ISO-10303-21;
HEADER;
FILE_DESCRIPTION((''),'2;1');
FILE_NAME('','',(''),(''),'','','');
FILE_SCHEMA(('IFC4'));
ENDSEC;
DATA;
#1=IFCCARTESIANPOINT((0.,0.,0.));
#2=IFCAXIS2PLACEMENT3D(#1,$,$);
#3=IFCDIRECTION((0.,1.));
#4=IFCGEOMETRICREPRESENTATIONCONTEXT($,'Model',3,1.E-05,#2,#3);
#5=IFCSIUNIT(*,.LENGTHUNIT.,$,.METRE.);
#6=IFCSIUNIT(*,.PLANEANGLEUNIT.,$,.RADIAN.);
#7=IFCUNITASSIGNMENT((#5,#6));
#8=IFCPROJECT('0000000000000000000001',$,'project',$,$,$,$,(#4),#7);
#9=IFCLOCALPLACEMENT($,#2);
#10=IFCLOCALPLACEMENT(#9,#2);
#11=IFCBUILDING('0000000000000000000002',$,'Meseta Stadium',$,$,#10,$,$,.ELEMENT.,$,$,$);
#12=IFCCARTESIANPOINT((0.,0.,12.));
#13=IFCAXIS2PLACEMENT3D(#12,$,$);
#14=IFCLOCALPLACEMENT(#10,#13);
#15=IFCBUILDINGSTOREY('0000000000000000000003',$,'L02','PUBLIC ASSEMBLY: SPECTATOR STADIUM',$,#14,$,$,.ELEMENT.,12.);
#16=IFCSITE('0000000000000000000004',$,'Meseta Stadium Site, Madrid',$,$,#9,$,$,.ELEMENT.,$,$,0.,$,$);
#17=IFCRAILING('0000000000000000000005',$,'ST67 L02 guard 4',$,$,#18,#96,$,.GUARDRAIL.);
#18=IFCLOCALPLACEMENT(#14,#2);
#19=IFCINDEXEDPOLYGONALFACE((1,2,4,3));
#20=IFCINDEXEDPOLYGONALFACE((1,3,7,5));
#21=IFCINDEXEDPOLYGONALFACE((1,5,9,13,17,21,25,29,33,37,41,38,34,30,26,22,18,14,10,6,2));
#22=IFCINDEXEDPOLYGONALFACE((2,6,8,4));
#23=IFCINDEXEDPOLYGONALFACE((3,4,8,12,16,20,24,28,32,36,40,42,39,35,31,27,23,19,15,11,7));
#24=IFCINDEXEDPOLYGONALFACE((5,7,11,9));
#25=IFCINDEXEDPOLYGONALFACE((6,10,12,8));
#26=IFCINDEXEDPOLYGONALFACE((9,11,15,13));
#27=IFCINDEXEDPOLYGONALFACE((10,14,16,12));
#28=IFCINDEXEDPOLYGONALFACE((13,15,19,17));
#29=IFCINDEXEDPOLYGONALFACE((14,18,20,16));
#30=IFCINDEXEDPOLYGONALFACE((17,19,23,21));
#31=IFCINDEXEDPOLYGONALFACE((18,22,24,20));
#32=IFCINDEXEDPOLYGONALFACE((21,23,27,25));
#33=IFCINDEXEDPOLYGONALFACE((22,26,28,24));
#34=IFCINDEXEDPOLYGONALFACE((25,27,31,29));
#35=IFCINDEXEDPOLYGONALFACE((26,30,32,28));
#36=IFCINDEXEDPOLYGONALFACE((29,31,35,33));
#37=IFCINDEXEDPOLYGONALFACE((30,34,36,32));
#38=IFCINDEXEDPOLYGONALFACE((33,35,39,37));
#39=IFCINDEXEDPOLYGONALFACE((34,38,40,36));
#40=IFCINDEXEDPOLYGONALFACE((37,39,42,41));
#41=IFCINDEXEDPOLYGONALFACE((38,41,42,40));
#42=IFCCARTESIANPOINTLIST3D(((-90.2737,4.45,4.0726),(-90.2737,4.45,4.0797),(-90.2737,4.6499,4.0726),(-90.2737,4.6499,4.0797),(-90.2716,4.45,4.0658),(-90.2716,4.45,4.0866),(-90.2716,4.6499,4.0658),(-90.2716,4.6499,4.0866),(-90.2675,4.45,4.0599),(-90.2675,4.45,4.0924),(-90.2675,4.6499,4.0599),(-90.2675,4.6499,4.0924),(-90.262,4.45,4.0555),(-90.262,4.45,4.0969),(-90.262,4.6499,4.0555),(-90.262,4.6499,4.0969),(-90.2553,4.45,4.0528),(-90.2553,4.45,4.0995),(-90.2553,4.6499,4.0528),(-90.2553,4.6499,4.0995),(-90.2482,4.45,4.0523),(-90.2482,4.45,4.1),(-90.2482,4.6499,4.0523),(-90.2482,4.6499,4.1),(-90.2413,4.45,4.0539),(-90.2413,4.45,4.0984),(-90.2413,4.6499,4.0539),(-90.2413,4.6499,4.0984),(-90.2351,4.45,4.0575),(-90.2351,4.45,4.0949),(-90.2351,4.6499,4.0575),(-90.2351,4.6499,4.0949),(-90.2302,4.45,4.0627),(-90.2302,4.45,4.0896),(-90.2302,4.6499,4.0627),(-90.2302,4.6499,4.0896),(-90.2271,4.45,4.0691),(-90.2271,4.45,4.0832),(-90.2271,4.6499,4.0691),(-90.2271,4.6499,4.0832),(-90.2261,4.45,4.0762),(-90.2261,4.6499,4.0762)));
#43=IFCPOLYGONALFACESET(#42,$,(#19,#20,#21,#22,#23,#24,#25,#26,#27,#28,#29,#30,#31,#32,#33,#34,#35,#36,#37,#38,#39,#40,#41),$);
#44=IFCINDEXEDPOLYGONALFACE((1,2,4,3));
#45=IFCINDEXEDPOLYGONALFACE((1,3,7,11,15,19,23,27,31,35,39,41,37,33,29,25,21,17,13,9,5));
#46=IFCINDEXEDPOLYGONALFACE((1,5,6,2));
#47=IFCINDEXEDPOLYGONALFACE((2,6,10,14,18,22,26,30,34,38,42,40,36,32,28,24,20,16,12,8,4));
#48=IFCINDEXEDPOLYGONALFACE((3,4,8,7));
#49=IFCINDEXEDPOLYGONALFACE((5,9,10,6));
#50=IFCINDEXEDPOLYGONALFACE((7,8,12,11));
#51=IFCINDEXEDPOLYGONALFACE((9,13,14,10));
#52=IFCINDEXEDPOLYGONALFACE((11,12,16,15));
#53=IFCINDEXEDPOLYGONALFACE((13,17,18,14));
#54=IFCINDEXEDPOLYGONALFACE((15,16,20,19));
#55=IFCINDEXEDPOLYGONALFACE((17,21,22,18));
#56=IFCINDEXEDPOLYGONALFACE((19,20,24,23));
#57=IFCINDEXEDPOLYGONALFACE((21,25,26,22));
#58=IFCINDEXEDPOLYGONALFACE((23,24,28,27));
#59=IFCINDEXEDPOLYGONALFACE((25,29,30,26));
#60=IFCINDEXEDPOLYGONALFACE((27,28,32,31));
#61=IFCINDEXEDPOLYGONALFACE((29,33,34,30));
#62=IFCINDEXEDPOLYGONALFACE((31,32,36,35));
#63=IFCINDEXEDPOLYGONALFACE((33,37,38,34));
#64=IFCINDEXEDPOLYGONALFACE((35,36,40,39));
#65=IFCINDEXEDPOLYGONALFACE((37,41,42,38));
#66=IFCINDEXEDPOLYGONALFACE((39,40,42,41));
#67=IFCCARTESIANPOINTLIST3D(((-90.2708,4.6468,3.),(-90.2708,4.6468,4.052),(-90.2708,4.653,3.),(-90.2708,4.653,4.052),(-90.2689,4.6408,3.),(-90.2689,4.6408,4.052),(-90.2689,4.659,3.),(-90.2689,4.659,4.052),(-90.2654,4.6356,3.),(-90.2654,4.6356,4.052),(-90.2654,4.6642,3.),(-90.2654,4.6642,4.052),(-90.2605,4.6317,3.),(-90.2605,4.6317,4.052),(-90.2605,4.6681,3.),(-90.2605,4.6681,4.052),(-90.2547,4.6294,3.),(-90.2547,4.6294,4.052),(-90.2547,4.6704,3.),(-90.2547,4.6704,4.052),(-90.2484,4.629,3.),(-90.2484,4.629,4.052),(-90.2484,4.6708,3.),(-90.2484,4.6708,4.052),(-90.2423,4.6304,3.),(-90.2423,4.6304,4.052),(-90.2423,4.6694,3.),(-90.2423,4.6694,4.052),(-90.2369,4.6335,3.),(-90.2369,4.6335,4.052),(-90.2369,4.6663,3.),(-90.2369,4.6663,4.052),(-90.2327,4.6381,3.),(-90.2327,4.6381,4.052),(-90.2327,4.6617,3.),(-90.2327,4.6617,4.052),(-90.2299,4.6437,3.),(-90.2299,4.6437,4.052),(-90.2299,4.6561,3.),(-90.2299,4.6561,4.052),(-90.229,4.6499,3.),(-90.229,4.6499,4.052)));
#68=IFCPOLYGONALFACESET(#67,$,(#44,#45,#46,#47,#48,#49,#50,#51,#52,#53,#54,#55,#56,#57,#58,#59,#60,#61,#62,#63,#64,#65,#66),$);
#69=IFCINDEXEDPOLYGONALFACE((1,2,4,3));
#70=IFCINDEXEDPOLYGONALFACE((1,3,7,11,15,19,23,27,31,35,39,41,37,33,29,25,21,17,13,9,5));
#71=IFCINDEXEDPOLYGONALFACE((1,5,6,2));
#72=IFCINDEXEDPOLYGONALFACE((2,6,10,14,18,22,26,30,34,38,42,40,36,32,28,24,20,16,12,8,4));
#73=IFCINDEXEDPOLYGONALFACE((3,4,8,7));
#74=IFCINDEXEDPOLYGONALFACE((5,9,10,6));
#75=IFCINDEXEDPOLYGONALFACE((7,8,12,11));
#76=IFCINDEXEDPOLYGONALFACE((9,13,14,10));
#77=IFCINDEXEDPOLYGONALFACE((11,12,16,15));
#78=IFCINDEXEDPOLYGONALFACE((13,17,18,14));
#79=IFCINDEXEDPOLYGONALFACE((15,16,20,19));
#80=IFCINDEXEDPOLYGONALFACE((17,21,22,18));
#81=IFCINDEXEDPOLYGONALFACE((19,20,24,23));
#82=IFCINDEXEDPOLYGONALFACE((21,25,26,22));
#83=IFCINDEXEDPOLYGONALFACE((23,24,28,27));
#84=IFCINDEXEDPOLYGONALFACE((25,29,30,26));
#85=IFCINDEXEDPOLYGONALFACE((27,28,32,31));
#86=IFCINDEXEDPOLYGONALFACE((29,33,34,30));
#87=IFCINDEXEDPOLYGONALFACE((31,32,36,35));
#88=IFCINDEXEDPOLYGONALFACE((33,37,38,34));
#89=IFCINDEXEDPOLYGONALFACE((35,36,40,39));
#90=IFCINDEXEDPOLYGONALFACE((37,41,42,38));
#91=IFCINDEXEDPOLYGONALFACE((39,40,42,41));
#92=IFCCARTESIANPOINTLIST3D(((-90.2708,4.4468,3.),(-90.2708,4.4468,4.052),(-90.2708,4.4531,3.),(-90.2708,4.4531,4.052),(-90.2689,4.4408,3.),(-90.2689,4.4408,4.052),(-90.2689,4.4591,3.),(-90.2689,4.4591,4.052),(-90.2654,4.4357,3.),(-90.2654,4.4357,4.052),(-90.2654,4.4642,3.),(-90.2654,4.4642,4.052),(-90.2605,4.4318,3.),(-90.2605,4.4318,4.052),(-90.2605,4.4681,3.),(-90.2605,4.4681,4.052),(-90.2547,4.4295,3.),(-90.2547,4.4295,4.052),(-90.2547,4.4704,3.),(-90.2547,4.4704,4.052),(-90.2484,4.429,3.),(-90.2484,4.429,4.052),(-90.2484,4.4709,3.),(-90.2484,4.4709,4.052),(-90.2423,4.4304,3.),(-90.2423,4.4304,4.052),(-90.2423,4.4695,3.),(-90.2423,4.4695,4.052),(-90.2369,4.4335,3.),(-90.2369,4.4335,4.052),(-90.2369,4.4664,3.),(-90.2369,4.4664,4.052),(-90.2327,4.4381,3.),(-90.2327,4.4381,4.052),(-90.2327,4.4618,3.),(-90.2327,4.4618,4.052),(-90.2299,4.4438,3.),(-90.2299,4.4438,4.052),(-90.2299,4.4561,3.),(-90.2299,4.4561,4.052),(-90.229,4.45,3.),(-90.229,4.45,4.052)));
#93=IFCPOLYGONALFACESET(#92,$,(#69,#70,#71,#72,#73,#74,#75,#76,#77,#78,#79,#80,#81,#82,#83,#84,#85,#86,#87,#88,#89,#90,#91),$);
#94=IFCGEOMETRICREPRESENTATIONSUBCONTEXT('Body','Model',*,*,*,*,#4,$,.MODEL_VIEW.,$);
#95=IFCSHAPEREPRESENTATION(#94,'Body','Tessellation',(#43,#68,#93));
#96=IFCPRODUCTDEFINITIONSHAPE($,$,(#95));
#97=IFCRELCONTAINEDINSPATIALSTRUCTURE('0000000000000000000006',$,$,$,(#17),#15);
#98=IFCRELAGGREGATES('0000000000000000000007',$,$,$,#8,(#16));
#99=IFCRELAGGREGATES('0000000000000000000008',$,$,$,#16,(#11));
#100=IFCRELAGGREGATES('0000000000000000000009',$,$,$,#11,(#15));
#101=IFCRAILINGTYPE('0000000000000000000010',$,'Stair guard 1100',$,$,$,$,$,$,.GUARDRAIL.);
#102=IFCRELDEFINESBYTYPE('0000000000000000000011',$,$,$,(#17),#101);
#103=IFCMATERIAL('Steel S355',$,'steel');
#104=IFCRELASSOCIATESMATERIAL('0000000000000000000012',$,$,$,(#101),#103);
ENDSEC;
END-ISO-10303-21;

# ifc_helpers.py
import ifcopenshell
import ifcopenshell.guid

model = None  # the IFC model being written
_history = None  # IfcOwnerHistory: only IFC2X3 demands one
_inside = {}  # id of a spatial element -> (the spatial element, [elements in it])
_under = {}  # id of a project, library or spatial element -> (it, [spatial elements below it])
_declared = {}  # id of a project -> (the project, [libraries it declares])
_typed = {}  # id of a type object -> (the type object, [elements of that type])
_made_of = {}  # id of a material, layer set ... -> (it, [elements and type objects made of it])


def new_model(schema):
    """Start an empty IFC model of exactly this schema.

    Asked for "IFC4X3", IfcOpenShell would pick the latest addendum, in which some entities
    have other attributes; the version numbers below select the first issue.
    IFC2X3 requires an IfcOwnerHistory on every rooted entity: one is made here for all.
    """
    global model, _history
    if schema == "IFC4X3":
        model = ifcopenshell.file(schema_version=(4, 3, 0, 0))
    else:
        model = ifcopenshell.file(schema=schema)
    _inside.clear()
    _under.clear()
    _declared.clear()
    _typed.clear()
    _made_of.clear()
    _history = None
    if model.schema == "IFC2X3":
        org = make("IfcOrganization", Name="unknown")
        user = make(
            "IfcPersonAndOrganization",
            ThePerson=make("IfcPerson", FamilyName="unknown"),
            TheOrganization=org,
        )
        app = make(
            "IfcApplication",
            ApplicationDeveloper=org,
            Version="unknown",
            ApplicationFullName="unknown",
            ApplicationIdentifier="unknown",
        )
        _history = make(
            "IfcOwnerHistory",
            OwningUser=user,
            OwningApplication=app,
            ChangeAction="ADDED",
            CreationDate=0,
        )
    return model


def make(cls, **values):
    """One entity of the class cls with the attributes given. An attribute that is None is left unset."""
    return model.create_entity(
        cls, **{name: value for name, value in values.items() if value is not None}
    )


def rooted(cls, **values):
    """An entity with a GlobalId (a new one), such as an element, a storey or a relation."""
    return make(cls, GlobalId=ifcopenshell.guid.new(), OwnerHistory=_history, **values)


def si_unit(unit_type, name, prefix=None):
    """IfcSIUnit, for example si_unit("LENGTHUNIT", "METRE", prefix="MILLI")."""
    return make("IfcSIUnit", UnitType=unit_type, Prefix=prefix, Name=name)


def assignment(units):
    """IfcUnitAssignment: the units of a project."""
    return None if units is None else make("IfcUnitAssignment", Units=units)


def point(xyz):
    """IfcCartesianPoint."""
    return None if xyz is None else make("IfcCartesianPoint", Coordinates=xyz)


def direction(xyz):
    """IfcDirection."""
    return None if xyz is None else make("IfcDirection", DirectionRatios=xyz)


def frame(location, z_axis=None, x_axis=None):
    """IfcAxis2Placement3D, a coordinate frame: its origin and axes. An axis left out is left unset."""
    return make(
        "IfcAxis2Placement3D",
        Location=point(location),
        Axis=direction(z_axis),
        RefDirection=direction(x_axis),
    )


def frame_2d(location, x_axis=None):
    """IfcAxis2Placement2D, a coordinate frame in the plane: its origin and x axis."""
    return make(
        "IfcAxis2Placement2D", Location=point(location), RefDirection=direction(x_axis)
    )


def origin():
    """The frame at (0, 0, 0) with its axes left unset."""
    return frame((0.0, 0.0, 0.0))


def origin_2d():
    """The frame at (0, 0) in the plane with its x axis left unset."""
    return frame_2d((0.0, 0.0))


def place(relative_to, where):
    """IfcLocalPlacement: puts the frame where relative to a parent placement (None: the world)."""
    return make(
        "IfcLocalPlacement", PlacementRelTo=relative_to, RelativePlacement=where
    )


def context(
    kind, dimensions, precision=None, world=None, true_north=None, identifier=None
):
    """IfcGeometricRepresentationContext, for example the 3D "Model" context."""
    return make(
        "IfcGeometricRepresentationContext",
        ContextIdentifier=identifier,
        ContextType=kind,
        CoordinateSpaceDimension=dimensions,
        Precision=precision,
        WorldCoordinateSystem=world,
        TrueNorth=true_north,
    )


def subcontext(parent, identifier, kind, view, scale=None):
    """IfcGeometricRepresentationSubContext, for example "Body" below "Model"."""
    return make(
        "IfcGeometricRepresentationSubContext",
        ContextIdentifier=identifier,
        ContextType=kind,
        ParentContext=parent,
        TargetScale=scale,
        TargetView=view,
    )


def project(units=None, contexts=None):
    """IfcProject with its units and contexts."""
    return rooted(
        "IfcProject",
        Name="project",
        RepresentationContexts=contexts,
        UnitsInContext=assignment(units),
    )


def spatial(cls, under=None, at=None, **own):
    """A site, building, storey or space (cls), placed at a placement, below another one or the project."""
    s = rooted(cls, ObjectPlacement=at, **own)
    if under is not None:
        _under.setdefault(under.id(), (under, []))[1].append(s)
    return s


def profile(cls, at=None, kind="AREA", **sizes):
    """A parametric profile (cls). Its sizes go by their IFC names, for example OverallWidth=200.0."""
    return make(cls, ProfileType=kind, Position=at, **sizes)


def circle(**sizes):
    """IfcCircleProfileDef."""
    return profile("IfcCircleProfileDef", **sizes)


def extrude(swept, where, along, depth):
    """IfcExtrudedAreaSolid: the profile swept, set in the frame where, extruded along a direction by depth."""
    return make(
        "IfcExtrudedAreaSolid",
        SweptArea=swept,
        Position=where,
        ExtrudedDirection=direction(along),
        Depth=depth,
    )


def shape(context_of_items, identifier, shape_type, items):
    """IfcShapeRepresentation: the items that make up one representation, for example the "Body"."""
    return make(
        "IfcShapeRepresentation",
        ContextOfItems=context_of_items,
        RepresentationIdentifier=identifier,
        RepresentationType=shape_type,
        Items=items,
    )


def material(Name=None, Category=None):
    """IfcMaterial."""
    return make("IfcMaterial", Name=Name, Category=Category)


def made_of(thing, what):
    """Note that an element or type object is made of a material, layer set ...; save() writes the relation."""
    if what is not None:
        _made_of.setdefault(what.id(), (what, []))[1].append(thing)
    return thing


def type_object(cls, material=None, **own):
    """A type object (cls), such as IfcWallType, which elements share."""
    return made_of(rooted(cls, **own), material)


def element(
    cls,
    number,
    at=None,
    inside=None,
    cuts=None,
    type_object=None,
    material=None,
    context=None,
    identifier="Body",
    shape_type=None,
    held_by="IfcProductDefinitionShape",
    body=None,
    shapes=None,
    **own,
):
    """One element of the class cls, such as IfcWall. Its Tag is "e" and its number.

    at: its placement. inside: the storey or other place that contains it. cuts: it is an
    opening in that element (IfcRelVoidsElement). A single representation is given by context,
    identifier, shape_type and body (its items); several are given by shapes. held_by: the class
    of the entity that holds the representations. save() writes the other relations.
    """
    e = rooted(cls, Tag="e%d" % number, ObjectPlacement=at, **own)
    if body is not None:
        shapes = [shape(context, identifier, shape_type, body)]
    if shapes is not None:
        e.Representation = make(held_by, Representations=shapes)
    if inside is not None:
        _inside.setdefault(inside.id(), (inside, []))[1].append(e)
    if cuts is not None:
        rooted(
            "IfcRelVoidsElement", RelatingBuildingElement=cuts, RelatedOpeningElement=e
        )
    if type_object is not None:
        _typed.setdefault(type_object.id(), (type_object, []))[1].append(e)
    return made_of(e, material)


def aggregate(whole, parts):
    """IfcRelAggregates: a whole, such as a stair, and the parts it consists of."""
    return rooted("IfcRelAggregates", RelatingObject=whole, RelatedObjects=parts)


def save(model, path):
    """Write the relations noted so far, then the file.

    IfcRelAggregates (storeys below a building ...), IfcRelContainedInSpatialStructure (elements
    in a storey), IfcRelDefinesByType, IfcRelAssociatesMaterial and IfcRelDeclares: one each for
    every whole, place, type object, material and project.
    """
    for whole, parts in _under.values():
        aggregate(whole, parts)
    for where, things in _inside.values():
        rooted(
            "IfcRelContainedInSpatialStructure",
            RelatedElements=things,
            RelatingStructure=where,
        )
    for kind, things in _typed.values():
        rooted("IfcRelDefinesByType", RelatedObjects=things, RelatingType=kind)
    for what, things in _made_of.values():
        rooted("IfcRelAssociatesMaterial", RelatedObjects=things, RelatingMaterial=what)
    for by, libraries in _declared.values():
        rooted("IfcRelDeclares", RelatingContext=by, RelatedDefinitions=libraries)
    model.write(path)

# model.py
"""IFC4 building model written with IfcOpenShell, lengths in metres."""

from ifc_helpers import new_model, si_unit, direction, frame, origin, origin_2d, place, context, subcontext, project, spatial, circle, extrude, material, type_object, element, save


model = new_model("IFC4")

# Units and contexts
model_context = context("Model", 3, precision=1e-05, world=origin(), true_north=direction((0.0, 1.0)))
body_context = subcontext(model_context, "Body", "Model", "MODEL_VIEW")
ifc_project = project(units=[si_unit("LENGTHUNIT", "METRE"), si_unit("PLANEANGLEUNIT", "RADIAN")], contexts=[model_context])

# Site, building, storey
site_placement = place(None, origin())
site = spatial("IfcSite", under=ifc_project, at=site_placement, Name="Meseta Stadium Site, Madrid", CompositionType="ELEMENT", RefElevation=0.0)
building_placement = place(site_placement, origin())
building = spatial("IfcBuilding", under=site, at=building_placement, Name="Meseta Stadium", CompositionType="ELEMENT")
storey_placement = place(building_placement, frame((0.0, 0.0, 12.0)))
storey = spatial("IfcBuildingStorey", under=building, at=storey_placement, Name="L02", Description="PUBLIC ASSEMBLY: SPECTATOR STADIUM", CompositionType="ELEMENT", Elevation=12.0)

# Railing
ifc_material_1 = material(Name="Steel S355", Category="steel")
railing_type_1 = type_object("IfcRailingType", Name="Stair guard 1100", PredefinedType="GUARDRAIL", material=ifc_material_1)
railing_1_placement = place(storey_placement, frame((-90.25, 4.6499, 3.0)))
element("IfcRailing", 1, at=railing_1_placement, inside=storey, type_object=railing_type_1, Name="ST67 L02 guard 4", PredefinedType="GUARDRAIL", context=body_context, shape_type="SweptSolid", body=[
    extrude(circle(Radius=0.0239, at=origin_2d()), frame((0.0, 0.0, 1.0762), z_axis=(0.0, -1.0, 0.0), x_axis=(1.0, 0.0, 0.0)), (0.0, 0.0, 1.0), 0.2),
    extrude(circle(Radius=0.021, at=origin_2d()), origin(), (0.0, 0.0, 1.0), 1.052),
    extrude(circle(Radius=0.021, at=origin_2d()), frame((0.0, -0.2, 0.0)), (0.0, 0.0, 1.0), 1.052),
])

save(model, "model.ifc")
